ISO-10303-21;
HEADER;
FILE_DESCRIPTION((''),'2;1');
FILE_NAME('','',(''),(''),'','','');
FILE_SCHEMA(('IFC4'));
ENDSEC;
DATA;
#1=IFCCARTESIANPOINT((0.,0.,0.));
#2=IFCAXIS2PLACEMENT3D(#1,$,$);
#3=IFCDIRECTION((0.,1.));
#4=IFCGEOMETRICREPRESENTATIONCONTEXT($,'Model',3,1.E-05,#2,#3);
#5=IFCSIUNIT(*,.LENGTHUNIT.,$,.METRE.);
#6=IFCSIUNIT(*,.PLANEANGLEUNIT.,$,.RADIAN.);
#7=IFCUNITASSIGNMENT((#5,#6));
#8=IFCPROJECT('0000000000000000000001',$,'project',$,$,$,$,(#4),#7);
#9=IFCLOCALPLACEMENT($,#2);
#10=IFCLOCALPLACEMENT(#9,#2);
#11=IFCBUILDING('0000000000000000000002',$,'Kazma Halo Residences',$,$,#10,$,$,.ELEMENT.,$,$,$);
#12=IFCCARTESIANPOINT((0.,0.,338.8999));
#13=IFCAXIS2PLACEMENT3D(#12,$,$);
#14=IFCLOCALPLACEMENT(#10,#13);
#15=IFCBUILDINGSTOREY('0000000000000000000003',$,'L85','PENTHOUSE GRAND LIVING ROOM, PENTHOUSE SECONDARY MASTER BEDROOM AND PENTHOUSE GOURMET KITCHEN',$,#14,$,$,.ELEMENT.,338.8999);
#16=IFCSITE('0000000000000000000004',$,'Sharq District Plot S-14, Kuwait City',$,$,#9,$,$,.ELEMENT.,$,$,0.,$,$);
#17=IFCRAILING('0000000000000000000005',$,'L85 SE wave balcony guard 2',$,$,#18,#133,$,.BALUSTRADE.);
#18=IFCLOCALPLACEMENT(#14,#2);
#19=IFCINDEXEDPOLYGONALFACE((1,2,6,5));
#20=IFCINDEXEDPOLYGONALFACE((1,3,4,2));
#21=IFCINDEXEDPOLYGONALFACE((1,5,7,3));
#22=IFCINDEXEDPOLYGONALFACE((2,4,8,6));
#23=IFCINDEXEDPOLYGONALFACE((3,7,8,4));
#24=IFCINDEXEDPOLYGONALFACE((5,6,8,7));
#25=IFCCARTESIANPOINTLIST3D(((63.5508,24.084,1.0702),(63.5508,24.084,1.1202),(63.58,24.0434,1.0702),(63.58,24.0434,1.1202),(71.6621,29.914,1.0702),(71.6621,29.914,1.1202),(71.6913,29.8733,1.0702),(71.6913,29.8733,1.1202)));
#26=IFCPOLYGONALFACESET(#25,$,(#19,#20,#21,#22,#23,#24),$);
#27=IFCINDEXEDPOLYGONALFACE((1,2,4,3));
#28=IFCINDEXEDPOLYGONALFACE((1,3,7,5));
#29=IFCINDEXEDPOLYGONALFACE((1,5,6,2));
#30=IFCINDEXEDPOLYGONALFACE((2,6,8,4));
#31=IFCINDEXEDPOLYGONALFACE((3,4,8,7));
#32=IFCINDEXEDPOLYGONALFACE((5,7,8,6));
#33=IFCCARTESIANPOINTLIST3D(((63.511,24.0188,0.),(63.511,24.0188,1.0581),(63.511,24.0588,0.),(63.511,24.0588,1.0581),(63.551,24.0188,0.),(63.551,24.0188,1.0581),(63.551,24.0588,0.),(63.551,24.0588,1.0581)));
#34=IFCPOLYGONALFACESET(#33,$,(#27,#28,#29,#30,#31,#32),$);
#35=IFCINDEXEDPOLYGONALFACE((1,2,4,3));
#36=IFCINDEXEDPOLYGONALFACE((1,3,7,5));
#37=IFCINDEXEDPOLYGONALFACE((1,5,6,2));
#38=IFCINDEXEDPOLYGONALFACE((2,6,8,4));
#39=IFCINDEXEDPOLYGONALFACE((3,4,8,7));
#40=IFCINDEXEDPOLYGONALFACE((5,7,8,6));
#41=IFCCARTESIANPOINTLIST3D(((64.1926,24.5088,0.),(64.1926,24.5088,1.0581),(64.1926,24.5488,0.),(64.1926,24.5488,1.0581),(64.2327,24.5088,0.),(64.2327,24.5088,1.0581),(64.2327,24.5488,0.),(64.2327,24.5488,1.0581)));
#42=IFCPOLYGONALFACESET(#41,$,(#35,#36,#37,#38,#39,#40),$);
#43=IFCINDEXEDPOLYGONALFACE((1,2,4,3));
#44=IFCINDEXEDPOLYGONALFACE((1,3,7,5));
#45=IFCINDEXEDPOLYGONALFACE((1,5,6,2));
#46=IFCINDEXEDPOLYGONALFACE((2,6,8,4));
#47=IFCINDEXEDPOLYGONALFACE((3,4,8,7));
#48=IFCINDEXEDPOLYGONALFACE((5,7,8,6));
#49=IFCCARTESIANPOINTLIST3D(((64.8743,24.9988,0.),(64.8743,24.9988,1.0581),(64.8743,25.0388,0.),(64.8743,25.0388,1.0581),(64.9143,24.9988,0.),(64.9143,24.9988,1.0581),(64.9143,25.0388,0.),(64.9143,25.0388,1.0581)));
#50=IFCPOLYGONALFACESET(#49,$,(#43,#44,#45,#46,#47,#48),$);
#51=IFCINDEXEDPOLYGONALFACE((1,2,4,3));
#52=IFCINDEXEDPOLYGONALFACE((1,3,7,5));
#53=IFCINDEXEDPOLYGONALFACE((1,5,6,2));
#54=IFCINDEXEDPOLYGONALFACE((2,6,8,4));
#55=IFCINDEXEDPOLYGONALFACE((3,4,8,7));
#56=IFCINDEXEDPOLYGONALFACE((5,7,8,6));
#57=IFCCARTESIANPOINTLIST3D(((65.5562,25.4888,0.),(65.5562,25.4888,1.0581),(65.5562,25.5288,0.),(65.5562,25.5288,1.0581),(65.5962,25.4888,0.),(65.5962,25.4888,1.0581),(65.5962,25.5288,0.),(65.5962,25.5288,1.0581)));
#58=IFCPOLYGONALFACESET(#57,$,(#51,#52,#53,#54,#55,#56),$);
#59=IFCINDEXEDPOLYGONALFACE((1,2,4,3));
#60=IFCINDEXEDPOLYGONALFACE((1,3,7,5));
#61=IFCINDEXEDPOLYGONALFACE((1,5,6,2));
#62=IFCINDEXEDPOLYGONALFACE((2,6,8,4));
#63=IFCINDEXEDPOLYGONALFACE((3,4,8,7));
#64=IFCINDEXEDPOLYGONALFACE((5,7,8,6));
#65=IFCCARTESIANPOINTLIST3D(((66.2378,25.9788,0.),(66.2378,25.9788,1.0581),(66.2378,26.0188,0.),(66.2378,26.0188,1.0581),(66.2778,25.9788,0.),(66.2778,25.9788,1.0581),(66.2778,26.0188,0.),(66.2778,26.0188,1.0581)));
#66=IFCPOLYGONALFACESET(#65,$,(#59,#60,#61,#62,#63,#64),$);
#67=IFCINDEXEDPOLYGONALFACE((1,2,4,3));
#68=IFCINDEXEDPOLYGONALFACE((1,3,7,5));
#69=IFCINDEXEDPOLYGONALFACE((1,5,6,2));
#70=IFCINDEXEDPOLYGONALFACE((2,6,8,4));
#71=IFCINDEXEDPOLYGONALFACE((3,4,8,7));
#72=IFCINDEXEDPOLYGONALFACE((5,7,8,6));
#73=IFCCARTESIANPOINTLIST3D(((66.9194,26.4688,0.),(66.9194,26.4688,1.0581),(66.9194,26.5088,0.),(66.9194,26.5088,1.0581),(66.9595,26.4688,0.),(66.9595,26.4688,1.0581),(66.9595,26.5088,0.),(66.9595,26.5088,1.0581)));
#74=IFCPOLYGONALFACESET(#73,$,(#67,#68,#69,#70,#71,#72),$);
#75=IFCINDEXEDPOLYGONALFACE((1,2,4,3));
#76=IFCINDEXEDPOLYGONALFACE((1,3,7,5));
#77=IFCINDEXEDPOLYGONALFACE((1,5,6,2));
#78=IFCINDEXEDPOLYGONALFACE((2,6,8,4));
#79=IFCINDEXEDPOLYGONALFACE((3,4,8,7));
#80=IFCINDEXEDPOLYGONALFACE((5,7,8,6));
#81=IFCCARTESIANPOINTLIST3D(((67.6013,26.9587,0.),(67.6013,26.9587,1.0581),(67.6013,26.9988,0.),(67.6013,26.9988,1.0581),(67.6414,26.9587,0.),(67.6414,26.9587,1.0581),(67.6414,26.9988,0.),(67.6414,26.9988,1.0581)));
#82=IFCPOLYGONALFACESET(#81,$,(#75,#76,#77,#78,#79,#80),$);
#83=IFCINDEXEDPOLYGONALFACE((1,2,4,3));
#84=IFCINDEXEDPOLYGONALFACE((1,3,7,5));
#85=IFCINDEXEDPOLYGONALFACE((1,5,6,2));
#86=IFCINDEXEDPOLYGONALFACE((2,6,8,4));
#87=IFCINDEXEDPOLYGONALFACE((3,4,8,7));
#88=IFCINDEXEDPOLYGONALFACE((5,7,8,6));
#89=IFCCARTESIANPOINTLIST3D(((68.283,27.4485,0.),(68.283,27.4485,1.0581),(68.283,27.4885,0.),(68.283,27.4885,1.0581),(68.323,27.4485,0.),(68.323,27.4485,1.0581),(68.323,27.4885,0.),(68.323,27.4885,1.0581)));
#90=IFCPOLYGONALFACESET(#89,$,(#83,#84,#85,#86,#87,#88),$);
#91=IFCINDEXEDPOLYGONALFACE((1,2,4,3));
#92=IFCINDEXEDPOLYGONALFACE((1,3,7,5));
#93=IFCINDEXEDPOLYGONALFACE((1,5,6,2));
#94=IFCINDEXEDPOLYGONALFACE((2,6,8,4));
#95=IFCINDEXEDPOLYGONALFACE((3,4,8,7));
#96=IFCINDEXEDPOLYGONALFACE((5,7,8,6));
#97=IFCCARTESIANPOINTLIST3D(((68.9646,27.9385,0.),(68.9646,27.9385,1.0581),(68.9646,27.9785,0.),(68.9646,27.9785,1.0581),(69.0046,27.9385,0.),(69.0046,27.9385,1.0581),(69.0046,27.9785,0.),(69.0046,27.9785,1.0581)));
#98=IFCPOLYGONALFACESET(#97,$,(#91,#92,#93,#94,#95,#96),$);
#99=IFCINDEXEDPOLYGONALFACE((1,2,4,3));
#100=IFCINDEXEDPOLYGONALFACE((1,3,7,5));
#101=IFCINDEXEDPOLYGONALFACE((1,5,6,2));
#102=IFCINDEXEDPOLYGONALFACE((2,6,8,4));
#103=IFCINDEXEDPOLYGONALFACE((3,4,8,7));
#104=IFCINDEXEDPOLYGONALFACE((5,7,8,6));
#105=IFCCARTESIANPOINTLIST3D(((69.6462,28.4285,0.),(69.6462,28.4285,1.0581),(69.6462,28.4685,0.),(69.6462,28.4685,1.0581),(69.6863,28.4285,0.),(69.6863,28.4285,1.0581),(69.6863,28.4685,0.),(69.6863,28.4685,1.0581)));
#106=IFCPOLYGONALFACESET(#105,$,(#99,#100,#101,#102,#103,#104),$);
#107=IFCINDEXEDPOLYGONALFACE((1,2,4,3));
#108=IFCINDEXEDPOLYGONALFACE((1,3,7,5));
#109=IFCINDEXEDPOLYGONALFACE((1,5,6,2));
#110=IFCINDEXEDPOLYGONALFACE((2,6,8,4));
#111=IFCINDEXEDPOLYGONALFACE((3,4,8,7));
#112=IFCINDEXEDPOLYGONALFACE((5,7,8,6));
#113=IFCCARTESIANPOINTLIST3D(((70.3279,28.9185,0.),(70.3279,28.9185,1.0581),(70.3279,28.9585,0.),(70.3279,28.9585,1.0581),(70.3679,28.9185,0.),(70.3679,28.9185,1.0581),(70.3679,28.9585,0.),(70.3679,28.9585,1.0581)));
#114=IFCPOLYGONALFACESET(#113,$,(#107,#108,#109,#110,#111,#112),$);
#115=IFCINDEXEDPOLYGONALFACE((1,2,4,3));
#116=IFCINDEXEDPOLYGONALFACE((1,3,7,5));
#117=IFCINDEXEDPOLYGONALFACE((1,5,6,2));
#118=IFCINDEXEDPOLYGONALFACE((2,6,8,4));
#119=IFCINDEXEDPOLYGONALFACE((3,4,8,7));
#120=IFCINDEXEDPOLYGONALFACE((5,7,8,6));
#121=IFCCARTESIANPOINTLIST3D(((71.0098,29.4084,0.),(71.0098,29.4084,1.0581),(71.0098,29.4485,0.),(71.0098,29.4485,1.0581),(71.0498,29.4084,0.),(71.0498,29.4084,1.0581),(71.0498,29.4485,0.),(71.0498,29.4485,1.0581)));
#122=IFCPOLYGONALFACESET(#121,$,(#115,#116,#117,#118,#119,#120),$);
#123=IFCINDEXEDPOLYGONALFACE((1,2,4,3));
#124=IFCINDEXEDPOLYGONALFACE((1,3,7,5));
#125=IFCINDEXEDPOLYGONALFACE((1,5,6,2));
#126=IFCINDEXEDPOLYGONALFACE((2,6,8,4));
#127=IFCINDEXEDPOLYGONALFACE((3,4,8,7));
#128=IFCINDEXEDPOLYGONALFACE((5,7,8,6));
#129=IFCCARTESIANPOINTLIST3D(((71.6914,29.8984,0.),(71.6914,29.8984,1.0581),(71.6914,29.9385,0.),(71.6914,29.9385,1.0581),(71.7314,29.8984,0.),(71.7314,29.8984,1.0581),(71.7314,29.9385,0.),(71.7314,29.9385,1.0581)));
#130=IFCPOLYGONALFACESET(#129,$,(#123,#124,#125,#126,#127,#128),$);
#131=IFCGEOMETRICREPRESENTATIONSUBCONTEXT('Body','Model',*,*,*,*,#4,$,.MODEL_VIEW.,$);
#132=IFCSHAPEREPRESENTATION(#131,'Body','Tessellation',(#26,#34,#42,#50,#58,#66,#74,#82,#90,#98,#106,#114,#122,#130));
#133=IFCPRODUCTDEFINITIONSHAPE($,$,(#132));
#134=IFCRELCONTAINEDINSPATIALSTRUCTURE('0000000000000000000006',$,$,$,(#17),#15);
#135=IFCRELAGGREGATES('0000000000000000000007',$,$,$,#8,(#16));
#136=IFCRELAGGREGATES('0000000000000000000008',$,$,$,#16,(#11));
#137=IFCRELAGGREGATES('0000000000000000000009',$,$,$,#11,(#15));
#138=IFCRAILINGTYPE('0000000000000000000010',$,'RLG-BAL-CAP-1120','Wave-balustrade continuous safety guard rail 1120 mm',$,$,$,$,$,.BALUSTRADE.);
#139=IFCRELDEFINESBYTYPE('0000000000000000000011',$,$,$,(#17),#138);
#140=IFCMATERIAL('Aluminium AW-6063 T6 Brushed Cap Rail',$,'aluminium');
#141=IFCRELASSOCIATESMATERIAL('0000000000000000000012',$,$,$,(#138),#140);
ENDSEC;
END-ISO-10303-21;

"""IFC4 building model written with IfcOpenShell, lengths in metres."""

from ifc_helpers import new_model, si_unit, direction, frame, origin, origin_2d, place, context, subcontext, project, spatial, rectangle, extrude, material, type_object, element, save


model = new_model("IFC4")

# Units and contexts
model_context = context("Model", 3, precision=1e-05, world=origin(), true_north=direction((0.0, 1.0)))
body_context = subcontext(model_context, "Body", "Model", "MODEL_VIEW")
ifc_project = project(units=[si_unit("LENGTHUNIT", "METRE"), si_unit("PLANEANGLEUNIT", "RADIAN")], contexts=[model_context])

# Site, building, storey
site_placement = place(None, origin())
site = spatial("IfcSite", under=ifc_project, at=site_placement, Name="Sharq District Plot S-14, Kuwait City", CompositionType="ELEMENT", RefElevation=0.0)
building_placement = place(site_placement, origin())
building = spatial("IfcBuilding", under=site, at=building_placement, Name="Kazma Halo Residences", CompositionType="ELEMENT")
storey_placement = place(building_placement, frame((0.0, 0.0, 338.8999)))
storey = spatial("IfcBuildingStorey", under=building, at=storey_placement, Name="L85", Description="PENTHOUSE GRAND LIVING ROOM, PENTHOUSE SECONDARY MASTER BEDROOM AND PENTHOUSE GOURMET KITCHEN", CompositionType="ELEMENT", Elevation=338.8999)

# Railing
ifc_material_1 = material(Name="Aluminium AW-6063 T6 Brushed Cap Rail", Category="aluminium")
railing_type = type_object("IfcRailingType", Name="RLG-BAL-CAP-1120", Description="Wave-balustrade continuous safety guard rail 1120 mm", PredefinedType="BALUSTRADE", material=ifc_material_1)
railing_1_placement = place(storey_placement, frame((63.531, 24.0388, 0.0)))
element("IfcRailing", 1, at=railing_1_placement, inside=storey, type_object=railing_type, Name="L85 SE wave balcony guard 2", PredefinedType="BALUSTRADE", context=body_context, shape_type="SweptSolid", body=[
    extrude(rectangle(XDim=0.05, YDim=0.05, at=origin_2d()), frame((0.0344, 0.0249, 1.0952), z_axis=(0.812017, 0.583634, 0.0), x_axis=(-0.583634, 0.812017, 0.0)), (0.0, 0.0, 1.0), 9.989),
    extrude(rectangle(XDim=0.04, YDim=0.04, at=origin_2d()), origin(), (0.0, 0.0, 1.0), 1.0581),
    extrude(rectangle(XDim=0.04, YDim=0.04, at=origin_2d()), frame((0.6816, 0.49, 0.0)), (0.0, 0.0, 1.0), 1.0581),
    extrude(rectangle(XDim=0.04, YDim=0.04, at=origin_2d()), frame((1.3633, 0.98, 0.0)), (0.0, 0.0, 1.0), 1.0581),
    extrude(rectangle(XDim=0.04, YDim=0.04, at=origin_2d()), frame((2.0452, 1.47, 0.0)), (0.0, 0.0, 1.0), 1.0581),
    extrude(rectangle(XDim=0.04, YDim=0.04, at=origin_2d()), frame((2.7268, 1.96, 0.0)), (0.0, 0.0, 1.0), 1.0581),
    extrude(rectangle(XDim=0.04, YDim=0.04, at=origin_2d()), frame((3.4084, 2.45, 0.0)), (0.0, 0.0, 1.0), 1.0581),
    extrude(rectangle(XDim=0.04, YDim=0.04, at=origin_2d()), frame((4.0903, 2.9399, 0.0)), (0.0, 0.0, 1.0), 1.0581),
    extrude(rectangle(XDim=0.04, YDim=0.04, at=origin_2d()), frame((4.772, 3.4297, 0.0)), (0.0, 0.0, 1.0), 1.0581),
    extrude(rectangle(XDim=0.04, YDim=0.04, at=origin_2d()), frame((5.4536, 3.9197, 0.0)), (0.0, 0.0, 1.0), 1.0581),
    extrude(rectangle(XDim=0.04, YDim=0.04, at=origin_2d()), frame((6.1353, 4.4097, 0.0)), (0.0, 0.0, 1.0), 1.0581),
    extrude(rectangle(XDim=0.04, YDim=0.04, at=origin_2d()), frame((6.8169, 4.8997, 0.0)), (0.0, 0.0, 1.0), 1.0581),
    extrude(rectangle(XDim=0.04, YDim=0.04, at=origin_2d()), frame((7.4988, 5.3896, 0.0)), (0.0, 0.0, 1.0), 1.0581),
    extrude(rectangle(XDim=0.04, YDim=0.04, at=origin_2d()), frame((8.1804, 5.8796, 0.0)), (0.0, 0.0, 1.0), 1.0581),
])

save(model, "model.ifc")
